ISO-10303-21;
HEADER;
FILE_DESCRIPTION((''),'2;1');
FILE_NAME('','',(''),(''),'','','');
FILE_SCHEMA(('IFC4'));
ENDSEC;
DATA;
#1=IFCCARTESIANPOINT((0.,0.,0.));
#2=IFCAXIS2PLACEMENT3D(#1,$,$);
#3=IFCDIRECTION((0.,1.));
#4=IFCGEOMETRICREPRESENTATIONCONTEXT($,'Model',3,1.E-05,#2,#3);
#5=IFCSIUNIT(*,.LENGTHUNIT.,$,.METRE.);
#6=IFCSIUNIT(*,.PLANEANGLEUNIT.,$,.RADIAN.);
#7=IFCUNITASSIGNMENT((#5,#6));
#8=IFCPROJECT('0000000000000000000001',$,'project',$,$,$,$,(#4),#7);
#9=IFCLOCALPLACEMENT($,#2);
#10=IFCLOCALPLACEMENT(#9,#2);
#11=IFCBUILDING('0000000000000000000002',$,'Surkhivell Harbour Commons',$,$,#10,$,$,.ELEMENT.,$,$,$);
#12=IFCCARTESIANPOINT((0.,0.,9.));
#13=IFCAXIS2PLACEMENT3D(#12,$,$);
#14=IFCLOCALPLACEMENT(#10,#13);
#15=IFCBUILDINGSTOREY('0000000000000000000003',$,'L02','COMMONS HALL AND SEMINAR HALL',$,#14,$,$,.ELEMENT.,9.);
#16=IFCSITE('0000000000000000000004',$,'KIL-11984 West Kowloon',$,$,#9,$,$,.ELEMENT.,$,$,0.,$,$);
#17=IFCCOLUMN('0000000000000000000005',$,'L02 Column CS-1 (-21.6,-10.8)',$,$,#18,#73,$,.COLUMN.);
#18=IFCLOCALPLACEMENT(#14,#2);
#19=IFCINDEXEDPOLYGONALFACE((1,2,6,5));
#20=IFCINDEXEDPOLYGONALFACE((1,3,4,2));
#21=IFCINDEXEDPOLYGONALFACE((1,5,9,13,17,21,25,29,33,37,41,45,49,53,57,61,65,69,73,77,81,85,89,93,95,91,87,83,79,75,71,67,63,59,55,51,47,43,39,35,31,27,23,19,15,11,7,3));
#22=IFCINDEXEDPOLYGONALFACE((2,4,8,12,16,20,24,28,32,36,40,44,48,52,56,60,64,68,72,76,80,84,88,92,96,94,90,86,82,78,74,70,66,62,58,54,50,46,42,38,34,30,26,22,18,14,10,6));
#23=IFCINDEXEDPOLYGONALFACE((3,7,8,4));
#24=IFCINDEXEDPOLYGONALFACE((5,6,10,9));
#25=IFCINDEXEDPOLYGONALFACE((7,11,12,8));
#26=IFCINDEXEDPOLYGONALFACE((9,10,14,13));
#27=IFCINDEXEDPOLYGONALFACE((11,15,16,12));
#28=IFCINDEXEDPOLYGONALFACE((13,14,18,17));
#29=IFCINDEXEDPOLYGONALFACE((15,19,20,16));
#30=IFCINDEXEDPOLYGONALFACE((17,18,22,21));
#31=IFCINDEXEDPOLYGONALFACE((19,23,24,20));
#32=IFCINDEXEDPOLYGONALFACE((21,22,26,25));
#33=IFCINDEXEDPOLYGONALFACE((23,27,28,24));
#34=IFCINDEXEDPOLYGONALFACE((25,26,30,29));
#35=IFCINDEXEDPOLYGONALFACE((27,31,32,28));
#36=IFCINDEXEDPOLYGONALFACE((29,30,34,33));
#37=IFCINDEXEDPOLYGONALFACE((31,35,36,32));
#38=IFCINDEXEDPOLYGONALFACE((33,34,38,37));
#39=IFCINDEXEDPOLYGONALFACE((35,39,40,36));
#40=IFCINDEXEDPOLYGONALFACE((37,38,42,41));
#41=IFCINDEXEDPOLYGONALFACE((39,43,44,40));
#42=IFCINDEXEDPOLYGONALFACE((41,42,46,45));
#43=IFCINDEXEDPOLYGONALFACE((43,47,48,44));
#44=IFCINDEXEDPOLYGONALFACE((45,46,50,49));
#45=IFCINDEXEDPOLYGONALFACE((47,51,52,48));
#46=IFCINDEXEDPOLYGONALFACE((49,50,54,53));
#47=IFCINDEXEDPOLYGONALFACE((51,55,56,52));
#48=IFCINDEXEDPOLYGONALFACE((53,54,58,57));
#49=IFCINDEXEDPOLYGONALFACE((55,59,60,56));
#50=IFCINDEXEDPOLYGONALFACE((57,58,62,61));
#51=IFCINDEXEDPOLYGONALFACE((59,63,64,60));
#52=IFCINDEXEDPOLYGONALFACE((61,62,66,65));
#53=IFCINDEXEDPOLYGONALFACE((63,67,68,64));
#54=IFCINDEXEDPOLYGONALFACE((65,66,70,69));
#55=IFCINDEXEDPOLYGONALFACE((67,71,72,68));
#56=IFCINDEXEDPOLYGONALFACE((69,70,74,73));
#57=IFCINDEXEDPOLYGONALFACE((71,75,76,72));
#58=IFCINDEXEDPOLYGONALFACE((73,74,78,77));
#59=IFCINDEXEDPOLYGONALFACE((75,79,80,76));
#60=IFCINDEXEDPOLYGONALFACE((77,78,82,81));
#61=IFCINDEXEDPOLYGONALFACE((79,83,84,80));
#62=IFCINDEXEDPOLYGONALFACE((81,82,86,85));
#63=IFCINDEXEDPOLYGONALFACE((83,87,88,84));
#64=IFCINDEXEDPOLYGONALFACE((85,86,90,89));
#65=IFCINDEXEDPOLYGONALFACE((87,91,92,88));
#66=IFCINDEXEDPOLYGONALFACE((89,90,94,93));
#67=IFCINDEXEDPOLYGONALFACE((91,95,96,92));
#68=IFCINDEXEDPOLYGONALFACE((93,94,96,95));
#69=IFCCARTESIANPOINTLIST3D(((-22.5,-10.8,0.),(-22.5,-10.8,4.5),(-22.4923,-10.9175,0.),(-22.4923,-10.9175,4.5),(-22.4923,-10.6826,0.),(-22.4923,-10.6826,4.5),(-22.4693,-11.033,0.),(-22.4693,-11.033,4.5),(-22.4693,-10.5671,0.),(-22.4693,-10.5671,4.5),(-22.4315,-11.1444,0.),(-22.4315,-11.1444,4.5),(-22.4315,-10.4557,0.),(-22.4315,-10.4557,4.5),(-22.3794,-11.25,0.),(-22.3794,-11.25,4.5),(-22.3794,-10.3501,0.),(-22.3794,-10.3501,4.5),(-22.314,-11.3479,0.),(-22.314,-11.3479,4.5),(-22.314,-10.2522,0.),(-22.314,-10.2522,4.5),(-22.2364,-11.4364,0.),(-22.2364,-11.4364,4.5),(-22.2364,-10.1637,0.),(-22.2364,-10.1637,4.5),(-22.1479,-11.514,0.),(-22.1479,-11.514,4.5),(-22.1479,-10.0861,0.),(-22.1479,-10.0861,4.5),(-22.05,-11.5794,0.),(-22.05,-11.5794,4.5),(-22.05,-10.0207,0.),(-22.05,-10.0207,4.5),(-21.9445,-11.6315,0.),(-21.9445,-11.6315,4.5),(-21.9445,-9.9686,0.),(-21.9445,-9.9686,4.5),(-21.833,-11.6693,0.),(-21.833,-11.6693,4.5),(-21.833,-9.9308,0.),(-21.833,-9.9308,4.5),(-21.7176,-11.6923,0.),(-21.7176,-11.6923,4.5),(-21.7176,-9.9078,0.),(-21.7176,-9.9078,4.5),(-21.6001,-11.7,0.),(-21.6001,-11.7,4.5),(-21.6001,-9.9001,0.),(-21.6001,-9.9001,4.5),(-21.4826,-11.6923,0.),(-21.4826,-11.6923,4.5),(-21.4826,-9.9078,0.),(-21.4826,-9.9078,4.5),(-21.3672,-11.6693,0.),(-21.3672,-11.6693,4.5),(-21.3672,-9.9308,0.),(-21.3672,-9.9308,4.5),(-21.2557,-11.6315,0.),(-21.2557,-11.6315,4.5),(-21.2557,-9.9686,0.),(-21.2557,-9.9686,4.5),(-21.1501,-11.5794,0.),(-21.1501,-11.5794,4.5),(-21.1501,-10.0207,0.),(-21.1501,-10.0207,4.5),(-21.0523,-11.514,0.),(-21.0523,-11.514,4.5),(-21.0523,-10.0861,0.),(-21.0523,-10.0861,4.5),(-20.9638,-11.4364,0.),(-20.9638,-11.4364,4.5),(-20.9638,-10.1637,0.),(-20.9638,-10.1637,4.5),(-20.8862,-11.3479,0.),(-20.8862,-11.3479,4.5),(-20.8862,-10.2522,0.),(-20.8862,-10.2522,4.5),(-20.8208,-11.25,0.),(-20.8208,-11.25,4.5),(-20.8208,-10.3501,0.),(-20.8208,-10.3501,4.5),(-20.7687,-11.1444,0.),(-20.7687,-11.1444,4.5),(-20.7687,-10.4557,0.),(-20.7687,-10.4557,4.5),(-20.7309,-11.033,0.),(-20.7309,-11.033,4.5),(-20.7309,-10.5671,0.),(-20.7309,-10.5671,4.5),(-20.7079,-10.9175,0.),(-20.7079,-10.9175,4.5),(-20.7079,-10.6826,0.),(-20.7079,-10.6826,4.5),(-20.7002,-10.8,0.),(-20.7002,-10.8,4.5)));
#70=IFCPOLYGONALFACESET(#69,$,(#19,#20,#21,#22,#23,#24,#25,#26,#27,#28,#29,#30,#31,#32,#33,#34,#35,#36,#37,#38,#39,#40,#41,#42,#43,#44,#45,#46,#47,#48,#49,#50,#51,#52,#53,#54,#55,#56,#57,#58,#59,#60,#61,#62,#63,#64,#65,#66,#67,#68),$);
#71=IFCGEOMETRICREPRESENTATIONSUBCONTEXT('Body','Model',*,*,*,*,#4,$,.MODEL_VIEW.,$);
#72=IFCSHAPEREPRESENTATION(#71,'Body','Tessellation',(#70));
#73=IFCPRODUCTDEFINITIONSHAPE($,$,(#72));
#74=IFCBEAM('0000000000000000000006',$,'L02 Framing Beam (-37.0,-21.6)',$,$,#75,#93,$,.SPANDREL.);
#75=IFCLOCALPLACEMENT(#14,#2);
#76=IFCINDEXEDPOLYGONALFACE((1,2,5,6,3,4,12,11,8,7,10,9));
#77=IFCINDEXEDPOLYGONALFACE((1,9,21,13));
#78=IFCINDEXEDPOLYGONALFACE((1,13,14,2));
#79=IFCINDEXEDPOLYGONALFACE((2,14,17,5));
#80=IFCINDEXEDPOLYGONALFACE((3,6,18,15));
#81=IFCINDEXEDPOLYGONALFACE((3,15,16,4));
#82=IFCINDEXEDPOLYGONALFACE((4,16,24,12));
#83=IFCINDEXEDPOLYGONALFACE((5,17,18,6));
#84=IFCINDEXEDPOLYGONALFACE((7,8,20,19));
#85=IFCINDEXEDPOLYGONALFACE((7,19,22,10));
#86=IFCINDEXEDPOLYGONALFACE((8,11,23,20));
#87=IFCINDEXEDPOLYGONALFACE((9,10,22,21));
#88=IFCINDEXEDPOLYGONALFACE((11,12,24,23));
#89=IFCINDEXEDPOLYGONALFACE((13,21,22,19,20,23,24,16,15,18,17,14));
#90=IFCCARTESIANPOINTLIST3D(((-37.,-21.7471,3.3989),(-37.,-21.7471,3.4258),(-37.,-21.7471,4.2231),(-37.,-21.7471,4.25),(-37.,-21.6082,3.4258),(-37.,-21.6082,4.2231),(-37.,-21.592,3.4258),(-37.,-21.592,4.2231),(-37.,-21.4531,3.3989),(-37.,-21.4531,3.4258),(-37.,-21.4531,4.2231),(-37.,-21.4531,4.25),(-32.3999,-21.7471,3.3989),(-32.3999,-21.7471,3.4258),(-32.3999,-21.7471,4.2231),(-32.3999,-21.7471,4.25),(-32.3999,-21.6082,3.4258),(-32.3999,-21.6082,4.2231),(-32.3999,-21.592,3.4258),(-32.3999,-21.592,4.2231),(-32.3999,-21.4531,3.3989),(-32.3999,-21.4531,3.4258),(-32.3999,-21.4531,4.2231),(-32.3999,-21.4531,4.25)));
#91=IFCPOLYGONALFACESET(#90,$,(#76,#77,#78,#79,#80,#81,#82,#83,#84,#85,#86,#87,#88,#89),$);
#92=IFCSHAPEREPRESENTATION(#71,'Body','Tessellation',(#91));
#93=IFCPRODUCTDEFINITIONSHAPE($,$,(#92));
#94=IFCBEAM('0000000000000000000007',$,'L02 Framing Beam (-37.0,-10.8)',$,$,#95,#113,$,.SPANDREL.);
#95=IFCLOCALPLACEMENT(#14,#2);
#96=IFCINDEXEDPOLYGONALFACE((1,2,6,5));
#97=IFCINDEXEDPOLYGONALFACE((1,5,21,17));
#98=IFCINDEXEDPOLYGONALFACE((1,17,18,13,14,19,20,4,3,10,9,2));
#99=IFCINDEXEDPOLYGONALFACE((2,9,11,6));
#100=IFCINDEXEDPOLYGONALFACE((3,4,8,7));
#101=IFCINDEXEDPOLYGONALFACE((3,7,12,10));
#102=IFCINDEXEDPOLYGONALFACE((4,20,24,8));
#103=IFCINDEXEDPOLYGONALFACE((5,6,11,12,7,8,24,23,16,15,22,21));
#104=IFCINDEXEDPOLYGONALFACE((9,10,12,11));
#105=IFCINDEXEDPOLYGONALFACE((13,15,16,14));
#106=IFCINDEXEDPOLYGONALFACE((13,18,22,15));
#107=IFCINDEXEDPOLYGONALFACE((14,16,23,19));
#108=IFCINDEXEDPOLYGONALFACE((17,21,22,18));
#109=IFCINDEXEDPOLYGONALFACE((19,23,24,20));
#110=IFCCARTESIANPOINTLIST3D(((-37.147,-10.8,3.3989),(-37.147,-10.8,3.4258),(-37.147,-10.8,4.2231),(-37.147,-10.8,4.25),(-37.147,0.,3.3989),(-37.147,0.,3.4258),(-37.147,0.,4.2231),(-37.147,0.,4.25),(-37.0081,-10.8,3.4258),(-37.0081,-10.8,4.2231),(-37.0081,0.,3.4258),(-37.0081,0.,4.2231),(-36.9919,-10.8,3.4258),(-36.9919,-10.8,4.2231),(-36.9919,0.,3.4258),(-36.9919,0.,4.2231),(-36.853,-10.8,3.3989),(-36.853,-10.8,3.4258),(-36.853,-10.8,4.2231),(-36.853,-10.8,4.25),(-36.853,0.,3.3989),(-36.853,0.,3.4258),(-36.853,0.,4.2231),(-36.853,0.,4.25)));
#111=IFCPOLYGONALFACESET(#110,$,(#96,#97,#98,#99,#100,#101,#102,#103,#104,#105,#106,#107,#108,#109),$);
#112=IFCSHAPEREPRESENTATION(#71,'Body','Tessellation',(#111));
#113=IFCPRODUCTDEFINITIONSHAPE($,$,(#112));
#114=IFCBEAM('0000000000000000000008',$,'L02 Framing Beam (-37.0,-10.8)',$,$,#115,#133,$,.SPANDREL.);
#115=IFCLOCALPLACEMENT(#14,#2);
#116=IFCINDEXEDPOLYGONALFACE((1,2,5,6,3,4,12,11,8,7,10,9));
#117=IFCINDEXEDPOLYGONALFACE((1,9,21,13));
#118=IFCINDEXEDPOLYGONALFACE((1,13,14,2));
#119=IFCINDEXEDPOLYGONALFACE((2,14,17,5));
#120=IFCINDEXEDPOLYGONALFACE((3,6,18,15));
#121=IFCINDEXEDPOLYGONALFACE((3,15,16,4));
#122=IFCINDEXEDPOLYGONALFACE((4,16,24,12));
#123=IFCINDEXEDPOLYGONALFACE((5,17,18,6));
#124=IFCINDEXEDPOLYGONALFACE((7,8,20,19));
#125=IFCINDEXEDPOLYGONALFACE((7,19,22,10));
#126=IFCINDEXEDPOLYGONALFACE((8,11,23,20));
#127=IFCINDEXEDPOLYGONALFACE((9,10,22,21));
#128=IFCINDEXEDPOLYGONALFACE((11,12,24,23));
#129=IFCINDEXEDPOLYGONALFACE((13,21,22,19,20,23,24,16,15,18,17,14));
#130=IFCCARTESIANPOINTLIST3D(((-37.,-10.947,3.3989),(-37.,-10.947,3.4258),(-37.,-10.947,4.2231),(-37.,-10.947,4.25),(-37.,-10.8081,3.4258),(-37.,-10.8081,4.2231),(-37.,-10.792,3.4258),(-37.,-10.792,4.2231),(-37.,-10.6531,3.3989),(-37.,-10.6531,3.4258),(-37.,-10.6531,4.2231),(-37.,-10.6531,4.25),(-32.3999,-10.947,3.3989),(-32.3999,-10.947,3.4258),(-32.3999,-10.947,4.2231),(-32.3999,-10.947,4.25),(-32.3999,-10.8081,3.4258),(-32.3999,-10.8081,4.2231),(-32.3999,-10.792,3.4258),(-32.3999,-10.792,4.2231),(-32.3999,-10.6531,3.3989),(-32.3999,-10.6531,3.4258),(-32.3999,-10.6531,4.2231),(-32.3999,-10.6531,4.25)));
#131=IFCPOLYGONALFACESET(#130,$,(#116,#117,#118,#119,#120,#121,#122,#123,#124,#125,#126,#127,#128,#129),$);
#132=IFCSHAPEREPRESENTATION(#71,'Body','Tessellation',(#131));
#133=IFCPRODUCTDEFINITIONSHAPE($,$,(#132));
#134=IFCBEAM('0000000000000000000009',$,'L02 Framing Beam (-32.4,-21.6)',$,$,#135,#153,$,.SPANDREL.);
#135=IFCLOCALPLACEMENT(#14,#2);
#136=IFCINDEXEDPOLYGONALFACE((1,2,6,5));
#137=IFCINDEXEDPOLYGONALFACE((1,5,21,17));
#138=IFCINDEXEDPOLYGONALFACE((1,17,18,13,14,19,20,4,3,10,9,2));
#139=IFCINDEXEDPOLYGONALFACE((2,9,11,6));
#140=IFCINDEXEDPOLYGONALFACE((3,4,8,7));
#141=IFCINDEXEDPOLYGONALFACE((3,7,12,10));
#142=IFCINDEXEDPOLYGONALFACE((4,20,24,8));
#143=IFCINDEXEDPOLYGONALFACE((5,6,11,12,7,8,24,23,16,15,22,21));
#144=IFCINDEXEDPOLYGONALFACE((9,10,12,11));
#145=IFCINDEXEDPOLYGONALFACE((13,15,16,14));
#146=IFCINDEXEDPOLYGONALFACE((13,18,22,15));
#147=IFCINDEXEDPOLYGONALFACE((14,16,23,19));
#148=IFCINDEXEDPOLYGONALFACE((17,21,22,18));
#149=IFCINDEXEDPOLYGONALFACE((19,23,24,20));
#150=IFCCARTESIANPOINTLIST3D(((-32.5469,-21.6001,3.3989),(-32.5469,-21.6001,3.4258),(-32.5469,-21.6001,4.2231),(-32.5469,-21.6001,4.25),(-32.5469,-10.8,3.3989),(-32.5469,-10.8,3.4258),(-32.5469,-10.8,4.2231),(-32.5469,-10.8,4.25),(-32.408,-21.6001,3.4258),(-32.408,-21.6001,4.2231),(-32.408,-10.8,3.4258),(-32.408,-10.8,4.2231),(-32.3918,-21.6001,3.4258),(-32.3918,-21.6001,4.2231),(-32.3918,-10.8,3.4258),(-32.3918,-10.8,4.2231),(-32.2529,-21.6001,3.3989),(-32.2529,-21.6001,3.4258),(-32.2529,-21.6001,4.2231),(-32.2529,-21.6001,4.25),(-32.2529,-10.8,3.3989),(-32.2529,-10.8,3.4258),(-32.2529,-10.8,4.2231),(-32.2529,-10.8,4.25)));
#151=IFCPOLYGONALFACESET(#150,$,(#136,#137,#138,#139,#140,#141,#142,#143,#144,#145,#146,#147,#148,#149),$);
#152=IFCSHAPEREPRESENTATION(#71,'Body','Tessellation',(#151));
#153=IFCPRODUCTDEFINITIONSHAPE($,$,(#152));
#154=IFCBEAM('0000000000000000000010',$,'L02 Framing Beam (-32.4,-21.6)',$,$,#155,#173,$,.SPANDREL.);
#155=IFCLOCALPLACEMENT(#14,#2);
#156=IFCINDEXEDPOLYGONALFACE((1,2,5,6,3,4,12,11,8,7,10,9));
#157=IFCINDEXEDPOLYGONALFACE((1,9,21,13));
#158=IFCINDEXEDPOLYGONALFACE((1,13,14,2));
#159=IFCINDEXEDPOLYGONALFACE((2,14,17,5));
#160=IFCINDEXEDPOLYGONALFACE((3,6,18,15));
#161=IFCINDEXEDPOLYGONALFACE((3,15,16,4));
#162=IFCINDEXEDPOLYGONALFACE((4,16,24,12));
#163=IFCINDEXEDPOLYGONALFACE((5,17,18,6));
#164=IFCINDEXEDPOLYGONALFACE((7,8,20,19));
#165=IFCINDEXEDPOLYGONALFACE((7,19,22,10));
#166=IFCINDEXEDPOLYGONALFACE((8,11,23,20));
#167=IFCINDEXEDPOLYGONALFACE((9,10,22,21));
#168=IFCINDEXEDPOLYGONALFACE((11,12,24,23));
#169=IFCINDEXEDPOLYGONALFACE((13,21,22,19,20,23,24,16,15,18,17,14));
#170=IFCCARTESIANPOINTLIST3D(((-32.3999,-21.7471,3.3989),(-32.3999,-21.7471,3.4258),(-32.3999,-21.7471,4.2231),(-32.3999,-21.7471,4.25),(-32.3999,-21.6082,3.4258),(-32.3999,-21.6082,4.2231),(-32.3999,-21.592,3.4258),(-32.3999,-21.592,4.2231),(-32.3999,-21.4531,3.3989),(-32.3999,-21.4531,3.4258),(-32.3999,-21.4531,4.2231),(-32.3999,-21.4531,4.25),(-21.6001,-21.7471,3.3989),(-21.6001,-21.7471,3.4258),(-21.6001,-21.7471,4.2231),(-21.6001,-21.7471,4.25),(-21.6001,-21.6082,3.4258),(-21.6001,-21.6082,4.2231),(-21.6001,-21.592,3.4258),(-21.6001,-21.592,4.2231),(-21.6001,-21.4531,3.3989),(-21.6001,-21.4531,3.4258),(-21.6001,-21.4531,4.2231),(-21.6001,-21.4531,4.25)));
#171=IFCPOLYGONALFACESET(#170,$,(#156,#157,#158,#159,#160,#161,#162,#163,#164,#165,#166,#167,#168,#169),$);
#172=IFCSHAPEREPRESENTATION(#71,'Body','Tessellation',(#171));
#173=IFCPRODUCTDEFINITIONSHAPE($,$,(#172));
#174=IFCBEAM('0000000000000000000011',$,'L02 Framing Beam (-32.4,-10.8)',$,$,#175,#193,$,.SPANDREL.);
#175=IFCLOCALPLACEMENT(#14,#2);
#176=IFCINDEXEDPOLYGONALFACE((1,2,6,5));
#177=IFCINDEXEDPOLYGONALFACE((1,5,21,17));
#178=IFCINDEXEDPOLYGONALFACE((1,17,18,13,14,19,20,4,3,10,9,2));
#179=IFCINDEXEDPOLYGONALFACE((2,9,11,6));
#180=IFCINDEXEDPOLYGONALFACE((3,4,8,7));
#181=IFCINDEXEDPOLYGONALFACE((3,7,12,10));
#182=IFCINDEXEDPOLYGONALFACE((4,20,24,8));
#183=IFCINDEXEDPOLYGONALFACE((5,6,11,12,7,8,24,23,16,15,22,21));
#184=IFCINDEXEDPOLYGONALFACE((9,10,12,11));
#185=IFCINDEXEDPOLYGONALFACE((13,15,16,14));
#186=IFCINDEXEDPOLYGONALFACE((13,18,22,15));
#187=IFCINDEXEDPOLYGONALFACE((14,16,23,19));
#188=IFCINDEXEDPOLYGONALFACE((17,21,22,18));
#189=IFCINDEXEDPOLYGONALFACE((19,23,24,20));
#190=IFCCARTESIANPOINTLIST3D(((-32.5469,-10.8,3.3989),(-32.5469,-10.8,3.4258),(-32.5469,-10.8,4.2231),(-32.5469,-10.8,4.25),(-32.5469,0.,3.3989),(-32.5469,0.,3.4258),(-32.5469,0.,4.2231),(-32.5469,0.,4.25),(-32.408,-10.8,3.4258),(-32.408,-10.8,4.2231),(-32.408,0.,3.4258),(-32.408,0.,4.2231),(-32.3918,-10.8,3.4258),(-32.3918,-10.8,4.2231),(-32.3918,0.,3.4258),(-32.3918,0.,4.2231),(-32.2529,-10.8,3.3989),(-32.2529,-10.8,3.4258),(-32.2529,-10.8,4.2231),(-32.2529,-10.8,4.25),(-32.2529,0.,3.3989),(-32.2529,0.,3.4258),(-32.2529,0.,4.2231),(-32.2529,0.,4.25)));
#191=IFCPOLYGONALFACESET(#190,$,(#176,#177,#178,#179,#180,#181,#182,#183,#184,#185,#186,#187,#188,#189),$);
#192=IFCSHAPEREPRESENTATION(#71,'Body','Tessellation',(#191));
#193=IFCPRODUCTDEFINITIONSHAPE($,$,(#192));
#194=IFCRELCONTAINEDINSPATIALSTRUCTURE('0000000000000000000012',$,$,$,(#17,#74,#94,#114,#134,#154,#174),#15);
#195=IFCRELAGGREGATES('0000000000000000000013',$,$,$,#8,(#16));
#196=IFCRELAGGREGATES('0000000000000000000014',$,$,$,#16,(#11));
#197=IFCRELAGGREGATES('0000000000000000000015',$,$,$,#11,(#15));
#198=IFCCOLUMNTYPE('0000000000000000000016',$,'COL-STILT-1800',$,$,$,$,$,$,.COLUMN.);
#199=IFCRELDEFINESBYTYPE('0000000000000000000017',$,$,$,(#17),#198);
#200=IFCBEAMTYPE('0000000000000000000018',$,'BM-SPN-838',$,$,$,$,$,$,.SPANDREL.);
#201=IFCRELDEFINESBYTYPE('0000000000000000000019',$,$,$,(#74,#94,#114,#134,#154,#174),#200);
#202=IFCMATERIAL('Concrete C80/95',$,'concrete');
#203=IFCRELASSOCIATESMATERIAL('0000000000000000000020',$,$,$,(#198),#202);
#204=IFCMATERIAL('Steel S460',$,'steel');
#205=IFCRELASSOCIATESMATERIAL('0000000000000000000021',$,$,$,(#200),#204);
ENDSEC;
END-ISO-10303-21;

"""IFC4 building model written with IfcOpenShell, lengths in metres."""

from ifc_helpers import new_model, si_unit, direction, frame, origin, origin_2d, place, context, subcontext, project, spatial, circle, i_section, extrude, material, material_profile, profile_set, type_object, element, save


model = new_model("IFC4")

# Units and contexts
model_context = context("Model", 3, precision=1e-05, world=origin(), true_north=direction((0.0, 1.0)))
body_context = subcontext(model_context, "Body", "Model", "MODEL_VIEW")
ifc_project = project(units=[si_unit("LENGTHUNIT", "METRE"), si_unit("PLANEANGLEUNIT", "RADIAN")], contexts=[model_context])

# Site, building, storey
site_placement = place(None, origin())
site = spatial("IfcSite", under=ifc_project, at=site_placement, Name="KIL-11984 West Kowloon", CompositionType="ELEMENT", RefElevation=0.0)
building_placement = place(site_placement, origin())
building = spatial("IfcBuilding", under=site, at=building_placement, Name="Surkhivell Harbour Commons", CompositionType="ELEMENT")
storey_placement = place(building_placement, frame((0.0, 0.0, 9.0)))
storey = spatial("IfcBuildingStorey", under=building, at=storey_placement, Name="L02", Description="COMMONS HALL AND SEMINAR HALL", CompositionType="ELEMENT", Elevation=9.0)

# Column
ifc_material_1 = material(Name="Concrete C80/95", Category="concrete")
ifc_material_profile_1 = material_profile(ifc_material_1, circle(Radius=0.8999, at=origin_2d()), Name="RC-CIRC-1800")
ifc_profile_set_1 = profile_set([ifc_material_profile_1], Name="Concrete C80/95")
column_type_1 = type_object("IfcColumnType", Name="COL-STILT-1800", PredefinedType="COLUMN", material=ifc_profile_set_1)
for number, where, z_axis, x_axis, name in (
    (1, (-21.6001, -10.8, 0.0), (0.0, 0.0, 1.0), (1.0, 0.0, 0.0), "L02 Column CS-1 (-21.6,-10.8)"),
):
    element("IfcColumn", number, at=place(storey_placement, frame(where, z_axis=z_axis, x_axis=x_axis)), inside=storey, type_object=column_type_1, Name=name, PredefinedType="COLUMN", context=body_context, shape_type="SweptSolid", body=[
        extrude(circle(Radius=0.8999, at=origin_2d()), origin(), (0.0, 0.0, 1.0), 4.5),
    ])

# Beams
ifc_material_2 = material(Name="Steel S460", Category="steel")
ifc_material_profile_2 = material_profile(ifc_material_2, i_section(OverallWidth=0.2939, OverallDepth=0.8511, WebThickness=0.0161, FlangeThickness=0.0269, at=origin_2d()), Name="UB838x292x226")
ifc_profile_set_2 = profile_set([ifc_material_profile_2], Name="Steel S460")
beam_type = type_object("IfcBeamType", Name="BM-SPN-838", PredefinedType="SPANDREL", material=ifc_profile_set_2)
beam_1_placement = place(storey_placement, frame((-37.0, -21.6001, 3.8245), z_axis=(1.0, 0.0, 0.0), x_axis=(0.0, 1.0, 0.0)))
element("IfcBeam", 2, at=beam_1_placement, inside=storey, type_object=beam_type, Name="L02 Framing Beam (-37.0,-21.6)", PredefinedType="SPANDREL", context=body_context, shape_type="SweptSolid", body=[
    extrude(i_section(OverallWidth=0.2939, OverallDepth=0.8511, WebThickness=0.0161, FlangeThickness=0.0269, at=origin_2d()), origin(), (0.0, 0.0, 1.0), 4.6001),
])
beam_2_placement = place(storey_placement, frame((-37.0, -10.8, 3.8245), z_axis=(0.0, 1.0, 0.0), x_axis=(-1.0, 0.0, 0.0)))
element("IfcBeam", 3, at=beam_2_placement, inside=storey, type_object=beam_type, Name="L02 Framing Beam (-37.0,-10.8)", PredefinedType="SPANDREL", context=body_context, shape_type="SweptSolid", body=[
    extrude(i_section(OverallWidth=0.2939, OverallDepth=0.8511, WebThickness=0.0161, FlangeThickness=0.0269, at=origin_2d()), origin(), (0.0, 0.0, 1.0), 10.8),
])
beam_3_placement = place(storey_placement, frame((-37.0, -10.8, 3.8245), z_axis=(1.0, 0.0, 0.0), x_axis=(0.0, 1.0, 0.0)))
element("IfcBeam", 4, at=beam_3_placement, inside=storey, type_object=beam_type, Name="L02 Framing Beam (-37.0,-10.8)", PredefinedType="SPANDREL", context=body_context, shape_type="SweptSolid", body=[
    extrude(i_section(OverallWidth=0.2939, OverallDepth=0.8511, WebThickness=0.0161, FlangeThickness=0.0269, at=origin_2d()), origin(), (0.0, 0.0, 1.0), 4.6001),
])
beam_4_placement = place(storey_placement, frame((-32.3999, -21.6001, 3.8245), z_axis=(0.0, 1.0, 0.0), x_axis=(-1.0, 0.0, 0.0)))
element("IfcBeam", 5, at=beam_4_placement, inside=storey, type_object=beam_type, Name="L02 Framing Beam (-32.4,-21.6)", PredefinedType="SPANDREL", context=body_context, shape_type="SweptSolid", body=[
    extrude(i_section(OverallWidth=0.2939, OverallDepth=0.8511, WebThickness=0.0161, FlangeThickness=0.0269, at=origin_2d()), origin(), (0.0, 0.0, 1.0), 10.8),
])
beam_5_placement = place(storey_placement, frame((-32.3999, -21.6001, 3.8245), z_axis=(1.0, 0.0, 0.0), x_axis=(0.0, 1.0, 0.0)))
element("IfcBeam", 6, at=beam_5_placement, inside=storey, type_object=beam_type, Name="L02 Framing Beam (-32.4,-21.6)", PredefinedType="SPANDREL", context=body_context, shape_type="SweptSolid", body=[
    extrude(i_section(OverallWidth=0.2939, OverallDepth=0.8511, WebThickness=0.0161, FlangeThickness=0.0269, at=origin_2d()), origin(), (0.0, 0.0, 1.0), 10.7998),
])
beam_6_placement = place(storey_placement, frame((-32.3999, -10.8, 3.8245), z_axis=(0.0, 1.0, 0.0), x_axis=(-1.0, 0.0, 0.0)))
element("IfcBeam", 7, at=beam_6_placement, inside=storey, type_object=beam_type, Name="L02 Framing Beam (-32.4,-10.8)", PredefinedType="SPANDREL", context=body_context, shape_type="SweptSolid", body=[
    extrude(i_section(OverallWidth=0.2939, OverallDepth=0.8511, WebThickness=0.0161, FlangeThickness=0.0269, at=origin_2d()), origin(), (0.0, 0.0, 1.0), 10.8),
])

save(model, "model.ifc")
